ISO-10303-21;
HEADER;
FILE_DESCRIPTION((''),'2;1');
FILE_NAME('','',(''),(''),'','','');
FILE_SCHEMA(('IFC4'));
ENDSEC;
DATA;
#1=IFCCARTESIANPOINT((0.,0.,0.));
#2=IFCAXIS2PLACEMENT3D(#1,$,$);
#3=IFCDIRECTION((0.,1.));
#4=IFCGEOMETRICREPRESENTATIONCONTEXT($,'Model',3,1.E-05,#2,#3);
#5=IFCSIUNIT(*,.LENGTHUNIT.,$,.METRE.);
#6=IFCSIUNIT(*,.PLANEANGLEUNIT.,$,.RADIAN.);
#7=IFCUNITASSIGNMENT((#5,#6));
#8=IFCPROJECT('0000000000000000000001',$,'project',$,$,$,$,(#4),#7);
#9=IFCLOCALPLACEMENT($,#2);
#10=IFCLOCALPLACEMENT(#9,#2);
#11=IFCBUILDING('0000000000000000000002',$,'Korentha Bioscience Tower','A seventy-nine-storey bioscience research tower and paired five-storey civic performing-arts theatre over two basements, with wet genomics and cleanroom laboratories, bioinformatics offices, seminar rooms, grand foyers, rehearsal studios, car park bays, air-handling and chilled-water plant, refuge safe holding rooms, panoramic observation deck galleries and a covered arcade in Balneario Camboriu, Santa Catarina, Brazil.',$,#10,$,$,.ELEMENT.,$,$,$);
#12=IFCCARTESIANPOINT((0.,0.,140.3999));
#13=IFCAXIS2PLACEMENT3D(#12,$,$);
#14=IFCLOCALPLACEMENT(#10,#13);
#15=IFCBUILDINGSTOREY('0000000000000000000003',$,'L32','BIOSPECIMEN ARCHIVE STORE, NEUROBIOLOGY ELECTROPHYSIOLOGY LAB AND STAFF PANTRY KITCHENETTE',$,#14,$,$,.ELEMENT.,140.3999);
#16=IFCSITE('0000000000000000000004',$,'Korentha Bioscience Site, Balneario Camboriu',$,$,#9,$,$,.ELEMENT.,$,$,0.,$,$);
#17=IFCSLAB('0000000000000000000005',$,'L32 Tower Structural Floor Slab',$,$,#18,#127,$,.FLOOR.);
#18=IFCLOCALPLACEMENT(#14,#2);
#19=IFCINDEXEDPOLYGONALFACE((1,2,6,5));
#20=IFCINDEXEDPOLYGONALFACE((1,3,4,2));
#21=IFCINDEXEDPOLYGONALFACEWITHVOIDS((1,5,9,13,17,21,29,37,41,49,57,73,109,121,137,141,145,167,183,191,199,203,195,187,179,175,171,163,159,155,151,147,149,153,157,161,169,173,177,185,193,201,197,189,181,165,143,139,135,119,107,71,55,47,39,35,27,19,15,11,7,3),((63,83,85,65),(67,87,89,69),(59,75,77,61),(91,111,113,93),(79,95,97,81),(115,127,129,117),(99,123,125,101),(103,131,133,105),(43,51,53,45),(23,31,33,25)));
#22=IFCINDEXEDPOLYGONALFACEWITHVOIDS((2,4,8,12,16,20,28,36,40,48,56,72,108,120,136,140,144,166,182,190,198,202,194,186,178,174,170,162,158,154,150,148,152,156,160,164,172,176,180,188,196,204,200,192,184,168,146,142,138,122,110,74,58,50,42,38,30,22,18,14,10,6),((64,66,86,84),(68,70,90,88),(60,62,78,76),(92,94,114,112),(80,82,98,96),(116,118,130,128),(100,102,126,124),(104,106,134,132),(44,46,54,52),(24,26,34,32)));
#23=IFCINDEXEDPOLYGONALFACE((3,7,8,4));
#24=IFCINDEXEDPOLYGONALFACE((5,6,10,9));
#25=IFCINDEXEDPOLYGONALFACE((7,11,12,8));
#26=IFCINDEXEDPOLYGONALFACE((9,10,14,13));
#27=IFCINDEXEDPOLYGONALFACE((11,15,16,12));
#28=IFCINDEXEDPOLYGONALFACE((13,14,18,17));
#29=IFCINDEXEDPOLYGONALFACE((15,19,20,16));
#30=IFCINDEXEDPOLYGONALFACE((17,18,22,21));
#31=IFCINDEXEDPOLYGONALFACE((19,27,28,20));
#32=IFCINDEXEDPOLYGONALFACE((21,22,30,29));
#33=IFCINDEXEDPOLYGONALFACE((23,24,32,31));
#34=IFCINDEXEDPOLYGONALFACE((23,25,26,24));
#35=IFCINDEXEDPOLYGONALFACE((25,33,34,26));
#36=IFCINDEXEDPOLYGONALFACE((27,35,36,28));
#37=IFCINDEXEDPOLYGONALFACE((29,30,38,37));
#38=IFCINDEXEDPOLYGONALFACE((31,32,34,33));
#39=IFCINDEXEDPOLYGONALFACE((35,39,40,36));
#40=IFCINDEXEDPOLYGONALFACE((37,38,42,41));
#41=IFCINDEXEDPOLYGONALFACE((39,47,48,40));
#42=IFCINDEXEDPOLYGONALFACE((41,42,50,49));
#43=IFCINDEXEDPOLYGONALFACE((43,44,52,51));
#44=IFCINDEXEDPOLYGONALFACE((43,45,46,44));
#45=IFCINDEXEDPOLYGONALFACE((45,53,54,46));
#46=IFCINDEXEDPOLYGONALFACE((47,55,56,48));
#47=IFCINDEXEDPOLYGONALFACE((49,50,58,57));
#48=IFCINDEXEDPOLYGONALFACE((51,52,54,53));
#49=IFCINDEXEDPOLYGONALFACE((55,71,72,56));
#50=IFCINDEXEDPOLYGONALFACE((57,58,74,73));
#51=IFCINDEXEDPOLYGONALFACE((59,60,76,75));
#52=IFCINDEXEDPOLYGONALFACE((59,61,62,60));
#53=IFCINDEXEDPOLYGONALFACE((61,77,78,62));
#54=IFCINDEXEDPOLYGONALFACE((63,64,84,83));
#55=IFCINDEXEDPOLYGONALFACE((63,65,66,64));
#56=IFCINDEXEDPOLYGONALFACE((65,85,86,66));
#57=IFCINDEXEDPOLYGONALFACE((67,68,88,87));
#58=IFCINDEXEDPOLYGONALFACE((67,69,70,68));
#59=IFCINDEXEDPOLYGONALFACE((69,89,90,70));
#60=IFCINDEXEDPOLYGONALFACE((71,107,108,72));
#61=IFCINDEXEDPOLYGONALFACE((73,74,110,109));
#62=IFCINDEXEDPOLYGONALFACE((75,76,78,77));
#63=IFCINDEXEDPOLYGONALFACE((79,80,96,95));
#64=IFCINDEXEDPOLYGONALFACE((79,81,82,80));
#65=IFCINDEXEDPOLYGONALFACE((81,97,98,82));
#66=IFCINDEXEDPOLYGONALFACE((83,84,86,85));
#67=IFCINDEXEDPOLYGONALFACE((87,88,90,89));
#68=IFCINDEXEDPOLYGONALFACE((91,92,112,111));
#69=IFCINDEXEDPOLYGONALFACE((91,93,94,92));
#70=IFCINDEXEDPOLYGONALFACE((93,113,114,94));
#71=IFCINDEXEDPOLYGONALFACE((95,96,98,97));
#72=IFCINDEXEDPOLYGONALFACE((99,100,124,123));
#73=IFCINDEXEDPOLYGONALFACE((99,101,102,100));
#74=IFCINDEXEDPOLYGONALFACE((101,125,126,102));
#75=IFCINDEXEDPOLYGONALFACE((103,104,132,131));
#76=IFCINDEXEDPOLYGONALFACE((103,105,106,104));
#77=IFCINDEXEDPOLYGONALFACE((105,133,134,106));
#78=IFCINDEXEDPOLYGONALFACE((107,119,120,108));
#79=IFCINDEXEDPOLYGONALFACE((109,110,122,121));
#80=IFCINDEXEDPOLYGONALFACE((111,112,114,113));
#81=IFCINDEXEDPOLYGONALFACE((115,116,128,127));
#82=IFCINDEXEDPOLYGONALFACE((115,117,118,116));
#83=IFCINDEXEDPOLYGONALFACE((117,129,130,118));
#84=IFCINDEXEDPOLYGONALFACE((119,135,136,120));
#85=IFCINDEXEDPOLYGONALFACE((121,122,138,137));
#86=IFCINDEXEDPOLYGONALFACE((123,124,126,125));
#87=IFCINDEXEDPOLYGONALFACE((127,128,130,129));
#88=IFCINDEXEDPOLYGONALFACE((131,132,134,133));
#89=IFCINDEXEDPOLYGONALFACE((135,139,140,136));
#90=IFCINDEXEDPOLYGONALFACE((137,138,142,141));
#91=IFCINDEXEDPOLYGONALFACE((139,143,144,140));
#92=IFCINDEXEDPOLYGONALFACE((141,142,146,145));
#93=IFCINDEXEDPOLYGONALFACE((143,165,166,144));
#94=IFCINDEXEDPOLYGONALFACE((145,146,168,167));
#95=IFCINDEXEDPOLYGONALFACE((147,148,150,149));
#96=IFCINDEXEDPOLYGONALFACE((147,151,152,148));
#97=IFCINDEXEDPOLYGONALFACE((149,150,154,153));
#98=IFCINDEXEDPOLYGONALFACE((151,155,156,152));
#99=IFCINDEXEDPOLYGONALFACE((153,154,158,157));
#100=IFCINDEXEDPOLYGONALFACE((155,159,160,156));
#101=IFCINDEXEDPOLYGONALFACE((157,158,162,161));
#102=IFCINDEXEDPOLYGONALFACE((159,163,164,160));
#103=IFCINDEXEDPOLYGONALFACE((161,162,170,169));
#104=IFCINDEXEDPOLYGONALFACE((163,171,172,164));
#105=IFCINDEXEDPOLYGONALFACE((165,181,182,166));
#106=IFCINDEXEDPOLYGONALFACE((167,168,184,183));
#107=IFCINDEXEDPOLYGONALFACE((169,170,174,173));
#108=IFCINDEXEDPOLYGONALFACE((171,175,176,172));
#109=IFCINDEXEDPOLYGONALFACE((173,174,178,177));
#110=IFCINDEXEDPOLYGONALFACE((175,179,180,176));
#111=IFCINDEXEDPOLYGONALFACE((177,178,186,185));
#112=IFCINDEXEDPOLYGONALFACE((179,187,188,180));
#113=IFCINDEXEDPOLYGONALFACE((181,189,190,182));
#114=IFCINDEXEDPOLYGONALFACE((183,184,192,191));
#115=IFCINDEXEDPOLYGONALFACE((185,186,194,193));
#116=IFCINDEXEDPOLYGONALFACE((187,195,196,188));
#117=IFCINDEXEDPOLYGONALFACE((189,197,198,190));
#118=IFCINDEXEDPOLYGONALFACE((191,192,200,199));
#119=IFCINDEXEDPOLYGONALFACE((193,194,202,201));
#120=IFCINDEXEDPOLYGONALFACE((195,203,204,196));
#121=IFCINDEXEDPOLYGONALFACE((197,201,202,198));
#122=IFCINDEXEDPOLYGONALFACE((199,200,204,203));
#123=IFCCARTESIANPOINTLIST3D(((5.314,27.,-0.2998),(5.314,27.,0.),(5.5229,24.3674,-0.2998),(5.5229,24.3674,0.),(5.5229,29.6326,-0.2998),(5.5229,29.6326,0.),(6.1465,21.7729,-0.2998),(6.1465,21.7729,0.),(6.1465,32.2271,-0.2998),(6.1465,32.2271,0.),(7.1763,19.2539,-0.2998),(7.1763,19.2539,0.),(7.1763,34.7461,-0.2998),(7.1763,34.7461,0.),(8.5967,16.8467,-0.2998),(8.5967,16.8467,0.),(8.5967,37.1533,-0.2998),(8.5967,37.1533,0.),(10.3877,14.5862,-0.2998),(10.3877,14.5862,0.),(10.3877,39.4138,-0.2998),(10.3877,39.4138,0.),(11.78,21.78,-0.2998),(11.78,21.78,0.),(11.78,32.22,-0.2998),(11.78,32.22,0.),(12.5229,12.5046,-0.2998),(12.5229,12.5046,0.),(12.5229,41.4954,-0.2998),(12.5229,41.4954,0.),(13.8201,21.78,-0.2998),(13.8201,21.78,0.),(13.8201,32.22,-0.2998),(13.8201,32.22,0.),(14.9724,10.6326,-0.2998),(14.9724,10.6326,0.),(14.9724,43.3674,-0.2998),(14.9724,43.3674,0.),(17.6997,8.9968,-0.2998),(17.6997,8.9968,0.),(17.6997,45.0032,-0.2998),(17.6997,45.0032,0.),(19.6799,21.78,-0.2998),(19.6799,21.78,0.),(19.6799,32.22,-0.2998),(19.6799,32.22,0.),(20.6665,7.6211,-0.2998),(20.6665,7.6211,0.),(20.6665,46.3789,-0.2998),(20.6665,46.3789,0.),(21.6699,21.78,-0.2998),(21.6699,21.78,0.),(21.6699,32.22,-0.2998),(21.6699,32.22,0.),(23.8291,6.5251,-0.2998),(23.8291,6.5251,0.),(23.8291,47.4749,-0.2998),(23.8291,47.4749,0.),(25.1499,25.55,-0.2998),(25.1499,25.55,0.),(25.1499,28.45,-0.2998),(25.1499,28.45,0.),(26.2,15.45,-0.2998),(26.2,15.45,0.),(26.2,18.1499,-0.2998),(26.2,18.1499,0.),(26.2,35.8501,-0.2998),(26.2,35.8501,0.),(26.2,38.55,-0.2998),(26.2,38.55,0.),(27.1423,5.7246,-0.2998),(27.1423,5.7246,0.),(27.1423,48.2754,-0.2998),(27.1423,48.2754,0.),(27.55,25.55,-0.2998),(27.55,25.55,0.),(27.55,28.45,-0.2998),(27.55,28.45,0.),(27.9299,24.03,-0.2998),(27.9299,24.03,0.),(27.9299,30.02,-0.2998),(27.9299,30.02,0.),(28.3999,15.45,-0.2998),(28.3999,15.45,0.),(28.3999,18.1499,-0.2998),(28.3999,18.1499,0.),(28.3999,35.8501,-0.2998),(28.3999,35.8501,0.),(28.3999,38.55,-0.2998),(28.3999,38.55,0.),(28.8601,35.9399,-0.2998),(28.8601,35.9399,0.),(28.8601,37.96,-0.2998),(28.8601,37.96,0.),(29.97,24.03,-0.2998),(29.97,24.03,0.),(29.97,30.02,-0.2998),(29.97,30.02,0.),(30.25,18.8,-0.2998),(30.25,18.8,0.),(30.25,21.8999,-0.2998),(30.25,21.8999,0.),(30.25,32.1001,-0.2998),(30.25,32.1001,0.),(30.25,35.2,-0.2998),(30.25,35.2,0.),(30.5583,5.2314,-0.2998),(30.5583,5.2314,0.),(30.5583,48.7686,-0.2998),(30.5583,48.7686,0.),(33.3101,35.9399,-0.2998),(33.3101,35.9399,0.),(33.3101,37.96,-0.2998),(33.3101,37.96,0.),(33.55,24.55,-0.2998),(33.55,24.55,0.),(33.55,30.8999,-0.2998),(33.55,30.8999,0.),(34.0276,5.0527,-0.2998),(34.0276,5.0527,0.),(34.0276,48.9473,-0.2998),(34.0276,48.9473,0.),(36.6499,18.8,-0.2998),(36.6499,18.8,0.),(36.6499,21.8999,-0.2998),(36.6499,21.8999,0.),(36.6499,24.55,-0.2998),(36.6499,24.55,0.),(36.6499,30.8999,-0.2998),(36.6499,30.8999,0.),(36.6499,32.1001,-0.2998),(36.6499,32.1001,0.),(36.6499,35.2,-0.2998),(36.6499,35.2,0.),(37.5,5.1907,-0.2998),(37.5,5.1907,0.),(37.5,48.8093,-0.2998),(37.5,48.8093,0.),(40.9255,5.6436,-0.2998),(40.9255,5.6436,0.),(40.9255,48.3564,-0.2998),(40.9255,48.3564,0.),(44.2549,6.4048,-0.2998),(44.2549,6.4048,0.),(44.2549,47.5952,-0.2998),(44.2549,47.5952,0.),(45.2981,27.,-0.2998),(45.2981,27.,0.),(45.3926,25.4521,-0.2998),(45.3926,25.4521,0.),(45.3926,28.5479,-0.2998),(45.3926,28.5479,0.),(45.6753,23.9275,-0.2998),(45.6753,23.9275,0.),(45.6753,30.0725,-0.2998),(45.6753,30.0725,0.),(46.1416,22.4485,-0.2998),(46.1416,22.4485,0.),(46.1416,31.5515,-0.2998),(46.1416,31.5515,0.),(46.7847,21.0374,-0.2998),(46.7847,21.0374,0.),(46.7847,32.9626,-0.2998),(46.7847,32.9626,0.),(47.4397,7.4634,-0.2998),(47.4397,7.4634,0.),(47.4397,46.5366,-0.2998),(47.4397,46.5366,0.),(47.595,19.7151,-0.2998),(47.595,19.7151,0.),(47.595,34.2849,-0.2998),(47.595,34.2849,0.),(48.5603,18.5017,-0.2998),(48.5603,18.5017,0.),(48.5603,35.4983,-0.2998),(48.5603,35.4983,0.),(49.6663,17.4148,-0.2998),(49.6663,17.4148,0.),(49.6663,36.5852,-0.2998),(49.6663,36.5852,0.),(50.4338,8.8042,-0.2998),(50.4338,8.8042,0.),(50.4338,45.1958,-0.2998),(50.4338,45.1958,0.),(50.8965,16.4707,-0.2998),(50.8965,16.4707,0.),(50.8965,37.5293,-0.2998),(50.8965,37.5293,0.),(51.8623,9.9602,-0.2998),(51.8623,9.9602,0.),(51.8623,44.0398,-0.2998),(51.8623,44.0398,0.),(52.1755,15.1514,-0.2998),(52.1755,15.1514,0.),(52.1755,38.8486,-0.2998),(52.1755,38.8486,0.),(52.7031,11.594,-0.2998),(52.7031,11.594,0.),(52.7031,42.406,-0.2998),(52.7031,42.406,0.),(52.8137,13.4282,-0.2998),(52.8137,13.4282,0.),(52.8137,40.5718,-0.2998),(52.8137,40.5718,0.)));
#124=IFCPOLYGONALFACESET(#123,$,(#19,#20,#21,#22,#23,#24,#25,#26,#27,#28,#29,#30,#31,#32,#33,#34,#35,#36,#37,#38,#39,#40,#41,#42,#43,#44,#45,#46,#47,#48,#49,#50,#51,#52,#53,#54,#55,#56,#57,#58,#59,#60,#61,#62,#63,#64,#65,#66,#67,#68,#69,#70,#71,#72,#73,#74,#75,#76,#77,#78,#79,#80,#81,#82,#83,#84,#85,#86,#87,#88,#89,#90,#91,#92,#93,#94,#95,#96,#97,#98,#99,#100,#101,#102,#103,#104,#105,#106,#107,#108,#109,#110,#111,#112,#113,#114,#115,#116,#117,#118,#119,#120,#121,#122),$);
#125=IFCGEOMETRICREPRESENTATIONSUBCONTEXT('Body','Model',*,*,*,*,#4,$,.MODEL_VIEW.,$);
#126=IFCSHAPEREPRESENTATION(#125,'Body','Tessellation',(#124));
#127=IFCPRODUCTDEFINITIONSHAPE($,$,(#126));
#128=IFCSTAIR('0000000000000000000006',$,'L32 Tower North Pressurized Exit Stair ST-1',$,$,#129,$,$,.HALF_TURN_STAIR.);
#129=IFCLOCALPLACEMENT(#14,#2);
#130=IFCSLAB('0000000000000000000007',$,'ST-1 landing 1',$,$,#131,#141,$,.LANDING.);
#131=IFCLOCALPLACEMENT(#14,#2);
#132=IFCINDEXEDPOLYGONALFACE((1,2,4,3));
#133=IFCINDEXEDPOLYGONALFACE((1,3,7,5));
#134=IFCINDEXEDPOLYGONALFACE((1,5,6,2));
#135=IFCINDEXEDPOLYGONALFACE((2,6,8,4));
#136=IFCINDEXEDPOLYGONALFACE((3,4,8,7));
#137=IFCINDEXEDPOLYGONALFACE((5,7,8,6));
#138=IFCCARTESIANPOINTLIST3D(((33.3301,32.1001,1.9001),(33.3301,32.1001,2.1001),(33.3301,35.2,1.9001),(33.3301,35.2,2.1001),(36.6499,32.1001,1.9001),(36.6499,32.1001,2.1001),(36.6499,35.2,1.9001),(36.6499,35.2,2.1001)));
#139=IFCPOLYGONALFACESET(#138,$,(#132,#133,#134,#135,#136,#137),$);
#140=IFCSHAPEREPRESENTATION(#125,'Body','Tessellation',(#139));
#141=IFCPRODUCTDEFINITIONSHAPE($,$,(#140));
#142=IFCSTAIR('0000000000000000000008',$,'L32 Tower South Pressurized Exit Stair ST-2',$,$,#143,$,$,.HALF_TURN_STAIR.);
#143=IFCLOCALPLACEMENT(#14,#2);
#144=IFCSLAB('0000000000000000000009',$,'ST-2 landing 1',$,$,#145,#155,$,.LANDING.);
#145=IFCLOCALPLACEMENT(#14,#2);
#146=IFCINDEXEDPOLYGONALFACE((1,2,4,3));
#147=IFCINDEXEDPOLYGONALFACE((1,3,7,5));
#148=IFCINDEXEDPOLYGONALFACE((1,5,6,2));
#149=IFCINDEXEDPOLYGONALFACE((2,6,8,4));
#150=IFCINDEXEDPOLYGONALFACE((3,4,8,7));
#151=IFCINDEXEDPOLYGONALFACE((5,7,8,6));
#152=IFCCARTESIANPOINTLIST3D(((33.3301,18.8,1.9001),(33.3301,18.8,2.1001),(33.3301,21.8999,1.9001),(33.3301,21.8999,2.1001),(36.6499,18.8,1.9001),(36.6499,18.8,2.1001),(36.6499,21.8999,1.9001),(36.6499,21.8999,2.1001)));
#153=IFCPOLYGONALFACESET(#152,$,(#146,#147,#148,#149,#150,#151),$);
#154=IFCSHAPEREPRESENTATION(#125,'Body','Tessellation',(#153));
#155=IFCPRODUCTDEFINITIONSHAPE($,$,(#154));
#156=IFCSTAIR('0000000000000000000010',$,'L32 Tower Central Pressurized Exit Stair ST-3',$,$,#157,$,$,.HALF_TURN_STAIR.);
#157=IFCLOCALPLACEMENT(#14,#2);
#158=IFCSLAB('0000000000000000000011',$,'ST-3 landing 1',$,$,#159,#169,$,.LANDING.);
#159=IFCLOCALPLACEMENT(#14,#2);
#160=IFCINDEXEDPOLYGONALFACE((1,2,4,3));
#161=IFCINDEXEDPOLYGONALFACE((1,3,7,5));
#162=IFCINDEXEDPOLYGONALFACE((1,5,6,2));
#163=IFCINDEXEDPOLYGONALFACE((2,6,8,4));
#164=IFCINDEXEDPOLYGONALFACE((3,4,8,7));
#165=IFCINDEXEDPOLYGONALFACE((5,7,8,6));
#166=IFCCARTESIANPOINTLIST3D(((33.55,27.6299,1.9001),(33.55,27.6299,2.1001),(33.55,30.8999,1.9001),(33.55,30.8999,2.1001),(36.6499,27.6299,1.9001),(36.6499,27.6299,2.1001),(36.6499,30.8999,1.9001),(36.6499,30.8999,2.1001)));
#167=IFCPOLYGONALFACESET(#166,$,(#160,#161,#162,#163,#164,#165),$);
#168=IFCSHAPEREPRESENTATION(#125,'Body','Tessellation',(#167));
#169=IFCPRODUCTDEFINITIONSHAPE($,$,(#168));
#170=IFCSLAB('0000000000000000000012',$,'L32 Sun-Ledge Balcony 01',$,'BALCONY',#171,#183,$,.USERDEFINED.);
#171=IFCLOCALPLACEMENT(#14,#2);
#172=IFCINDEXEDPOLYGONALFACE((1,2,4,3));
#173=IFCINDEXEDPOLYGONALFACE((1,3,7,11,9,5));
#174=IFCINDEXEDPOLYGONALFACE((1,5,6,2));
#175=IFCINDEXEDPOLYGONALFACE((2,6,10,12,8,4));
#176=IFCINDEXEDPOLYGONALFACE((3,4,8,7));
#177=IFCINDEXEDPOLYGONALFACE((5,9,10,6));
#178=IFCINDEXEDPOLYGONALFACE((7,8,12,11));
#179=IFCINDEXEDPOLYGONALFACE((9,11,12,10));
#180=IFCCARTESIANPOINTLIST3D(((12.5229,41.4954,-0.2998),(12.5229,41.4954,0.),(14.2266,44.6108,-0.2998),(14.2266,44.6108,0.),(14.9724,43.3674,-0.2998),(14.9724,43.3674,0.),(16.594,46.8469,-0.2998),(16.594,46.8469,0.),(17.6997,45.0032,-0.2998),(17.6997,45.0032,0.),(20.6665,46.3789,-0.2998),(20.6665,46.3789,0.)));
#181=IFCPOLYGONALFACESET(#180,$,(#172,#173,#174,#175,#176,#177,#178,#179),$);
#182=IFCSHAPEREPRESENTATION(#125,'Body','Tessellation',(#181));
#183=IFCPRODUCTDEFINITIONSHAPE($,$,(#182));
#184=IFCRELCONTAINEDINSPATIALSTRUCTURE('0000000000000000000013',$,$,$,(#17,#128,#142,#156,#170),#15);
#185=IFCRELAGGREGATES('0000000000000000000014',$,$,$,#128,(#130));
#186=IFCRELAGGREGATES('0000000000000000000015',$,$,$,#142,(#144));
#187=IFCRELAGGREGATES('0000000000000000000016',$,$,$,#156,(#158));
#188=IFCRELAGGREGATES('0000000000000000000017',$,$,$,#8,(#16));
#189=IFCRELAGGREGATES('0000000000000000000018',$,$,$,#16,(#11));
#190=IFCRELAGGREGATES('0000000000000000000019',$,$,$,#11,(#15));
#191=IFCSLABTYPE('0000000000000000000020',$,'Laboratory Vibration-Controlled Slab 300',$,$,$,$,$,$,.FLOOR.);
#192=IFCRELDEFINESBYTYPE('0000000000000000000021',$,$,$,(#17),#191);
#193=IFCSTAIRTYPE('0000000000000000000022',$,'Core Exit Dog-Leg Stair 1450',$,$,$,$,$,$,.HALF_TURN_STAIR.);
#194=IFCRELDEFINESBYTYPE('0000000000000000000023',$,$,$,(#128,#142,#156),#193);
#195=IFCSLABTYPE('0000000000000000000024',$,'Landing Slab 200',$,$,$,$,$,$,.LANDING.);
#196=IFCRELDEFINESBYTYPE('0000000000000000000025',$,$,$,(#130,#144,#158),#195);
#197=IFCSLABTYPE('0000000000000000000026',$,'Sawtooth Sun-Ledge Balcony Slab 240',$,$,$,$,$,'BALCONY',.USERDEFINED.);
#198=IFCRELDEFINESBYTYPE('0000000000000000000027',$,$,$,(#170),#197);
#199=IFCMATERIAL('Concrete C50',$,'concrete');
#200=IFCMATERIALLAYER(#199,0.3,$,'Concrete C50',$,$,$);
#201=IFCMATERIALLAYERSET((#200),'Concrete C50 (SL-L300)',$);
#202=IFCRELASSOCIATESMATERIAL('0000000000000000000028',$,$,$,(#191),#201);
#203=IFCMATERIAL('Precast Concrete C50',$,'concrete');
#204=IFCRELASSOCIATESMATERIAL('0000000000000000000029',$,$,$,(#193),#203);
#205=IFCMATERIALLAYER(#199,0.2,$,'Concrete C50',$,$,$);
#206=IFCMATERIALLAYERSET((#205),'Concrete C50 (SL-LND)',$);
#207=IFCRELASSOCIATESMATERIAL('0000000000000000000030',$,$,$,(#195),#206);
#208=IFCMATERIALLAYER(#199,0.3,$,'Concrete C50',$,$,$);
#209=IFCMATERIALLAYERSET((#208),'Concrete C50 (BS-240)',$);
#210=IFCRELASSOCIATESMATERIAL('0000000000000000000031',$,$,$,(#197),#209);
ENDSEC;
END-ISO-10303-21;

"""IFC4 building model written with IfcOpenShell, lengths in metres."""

from ifc_helpers import new_model, si_unit, direction, frame, origin, place, context, subcontext, project, spatial, polyline, outline, extrude, material, layer, layer_set, type_object, element, aggregate, save


model = new_model("IFC4")

# Units and contexts
model_context = context("Model", 3, precision=1e-05, world=origin(), true_north=direction((0.0, 1.0)))
body_context = subcontext(model_context, "Body", "Model", "MODEL_VIEW")
ifc_project = project(units=[si_unit("LENGTHUNIT", "METRE"), si_unit("PLANEANGLEUNIT", "RADIAN")], contexts=[model_context])

# Site, building, storey
site_placement = place(None, origin())
site = spatial("IfcSite", under=ifc_project, at=site_placement, Name="Korentha Bioscience Site, Balneario Camboriu", CompositionType="ELEMENT", RefElevation=0.0)
building_placement = place(site_placement, origin())
building = spatial("IfcBuilding", under=site, at=building_placement, Name="Korentha Bioscience Tower", Description="A seventy-nine-storey bioscience research tower and paired five-storey civic performing-arts theatre over two basements, with wet genomics and cleanroom laboratories, bioinformatics offices, seminar rooms, grand foyers, rehearsal studios, car park bays, air-handling and chilled-water plant, refuge safe holding rooms, panoramic observation deck galleries and a covered arcade in Balneario Camboriu, Santa Catarina, Brazil.", CompositionType="ELEMENT")
storey_placement = place(building_placement, frame((0.0, 0.0, 140.3999)))
storey = spatial("IfcBuildingStorey", under=building, at=storey_placement, Name="L32", Description="BIOSPECIMEN ARCHIVE STORE, NEUROBIOLOGY ELECTROPHYSIOLOGY LAB AND STAFF PANTRY KITCHENETTE", CompositionType="ELEMENT", Elevation=140.3999)

# Slab
ifc_material_1 = material(Name="Concrete C50", Category="concrete")
ifc_layer_1 = layer(ifc_material_1, 0.3, Name="Concrete C50")
ifc_layer_set_1 = layer_set([ifc_layer_1], Name="Concrete C50 (SL-L300)")
slab_type_1 = type_object("IfcSlabType", Name="Laboratory Vibration-Controlled Slab 300", PredefinedType="FLOOR", material=ifc_layer_set_1)
slab_1_placement = place(storey_placement, frame((0.0, 0.0, -0.2998)))
element("IfcSlab", 1, at=slab_1_placement, inside=storey, type_object=slab_type_1, Name="L32 Tower Structural Floor Slab", PredefinedType="FLOOR", context=body_context, shape_type="SweptSolid", body=[
    extrude(outline(polyline([(50.4338, 45.1958), (47.4397, 46.5366), (44.2549, 47.5952), (40.9255, 48.3564), (37.5, 48.8093), (34.0276, 48.9473), (30.5583, 48.7686), (27.1423, 48.2754), (23.8291, 47.4749), (20.6665, 46.3789), (17.6997, 45.0032), (14.9724, 43.3674), (12.5229, 41.4954), (10.3877, 39.4138), (8.5967, 37.1533), (7.1763, 34.7461), (6.1465, 32.2271), (5.5229, 29.6326), (5.314, 27.0), (5.5229, 24.3674), (6.1465, 21.7729), (7.1763, 19.2539), (8.5967, 16.8467), (10.3877, 14.5862), (12.5229, 12.5046), (14.9724, 10.6326), (17.6997, 8.9968), (20.6665, 7.6211), (23.8291, 6.5251), (27.1423, 5.7246), (30.5583, 5.2314), (34.0276, 5.0527), (37.5, 5.1907), (40.9255, 5.6436), (44.2549, 6.4048), (47.4397, 7.4634), (50.4338, 8.8042), (51.8623, 9.9602), (52.7031, 11.594), (52.8137, 13.4282), (52.1755, 15.1514), (50.8965, 16.4707), (49.6663, 17.4148), (48.5603, 18.5017), (47.595, 19.7151), (46.7847, 21.0374), (46.1416, 22.4485), (45.6753, 23.9275), (45.3926, 25.4521), (45.2981, 27.0), (45.3926, 28.5479), (45.6753, 30.0725), (46.1416, 31.5515), (46.7847, 32.9626), (47.595, 34.2849), (48.5603, 35.4983), (49.6663, 36.5852), (50.8965, 37.5293), (52.1755, 38.8486), (52.8137, 40.5718), (52.7031, 42.406), (51.8623, 44.0398), (50.4338, 45.1958)]), holes=[polyline([(30.25, 32.1001), (36.6499, 32.1001), (36.6499, 35.2), (30.25, 35.2), (30.25, 32.1001)]), polyline([(30.25, 18.8), (36.6499, 18.8), (36.6499, 21.8999), (30.25, 21.8999), (30.25, 18.8)]), polyline([(36.6499, 24.55), (36.6499, 30.8999), (33.55, 30.8999), (33.55, 24.55), (36.6499, 24.55)]), polyline([(11.78, 21.78), (13.8201, 21.78), (13.8201, 32.22), (11.78, 32.22), (11.78, 21.78)]), polyline([(19.6799, 21.78), (21.6699, 21.78), (21.6699, 32.22), (19.6799, 32.22), (19.6799, 21.78)]), polyline([(27.9299, 24.03), (29.97, 24.03), (29.97, 30.02), (27.9299, 30.02), (27.9299, 24.03)]), polyline([(28.8601, 35.9399), (33.3101, 35.9399), (33.3101, 37.96), (28.8601, 37.96), (28.8601, 35.9399)]), polyline([(26.2, 15.45), (28.3999, 15.45), (28.3999, 18.1499), (26.2, 18.1499), (26.2, 15.45)]), polyline([(26.2, 35.8501), (28.3999, 35.8501), (28.3999, 38.55), (26.2, 38.55), (26.2, 35.8501)]), polyline([(25.1499, 25.55), (27.55, 25.55), (27.55, 28.45), (25.1499, 28.45), (25.1499, 25.55)])]), origin(), (0.0, 0.0, 1.0), 0.2998),
])

# Stairs, slabs
ifc_material_2 = material(Name="Precast Concrete C50", Category="concrete")
stair_type = type_object("IfcStairType", Name="Core Exit Dog-Leg Stair 1450", PredefinedType="HALF_TURN_STAIR", material=ifc_material_2)
stair_1_placement = place(storey_placement, origin())
stair_1 = element("IfcStair", 2, at=stair_1_placement, inside=storey, type_object=stair_type, Name="L32 Tower North Pressurized Exit Stair ST-1", PredefinedType="HALF_TURN_STAIR")
ifc_layer_2 = layer(ifc_material_1, 0.2, Name="Concrete C50")
ifc_layer_set_2 = layer_set([ifc_layer_2], Name="Concrete C50 (SL-LND)")
slab_type_2 = type_object("IfcSlabType", Name="Landing Slab 200", PredefinedType="LANDING", material=ifc_layer_set_2)
slab_2_placement = place(storey_placement, frame((0.0, 0.0, 1.9001)))
slab_2 = element("IfcSlab", 3, at=slab_2_placement, type_object=slab_type_2, Name="ST-1 landing 1", PredefinedType="LANDING", context=body_context, shape_type="SweptSolid", body=[
    extrude(outline(polyline([(33.3301, 32.1001), (36.6499, 32.1001), (36.6499, 35.2), (33.3301, 35.2), (33.3301, 32.1001)])), origin(), (0.0, 0.0, 1.0), 0.2),
])
aggregate(stair_1, [slab_2])
stair_2_placement = place(storey_placement, origin())
stair_2 = element("IfcStair", 4, at=stair_2_placement, inside=storey, type_object=stair_type, Name="L32 Tower South Pressurized Exit Stair ST-2", PredefinedType="HALF_TURN_STAIR")
slab_3_placement = place(storey_placement, frame((0.0, 0.0, 1.9001)))
slab_3 = element("IfcSlab", 5, at=slab_3_placement, type_object=slab_type_2, Name="ST-2 landing 1", PredefinedType="LANDING", context=body_context, shape_type="SweptSolid", body=[
    extrude(outline(polyline([(33.3301, 18.8), (36.6499, 18.8), (36.6499, 21.8999), (33.3301, 21.8999), (33.3301, 18.8)])), origin(), (0.0, 0.0, 1.0), 0.2),
])
aggregate(stair_2, [slab_3])
stair_3_placement = place(storey_placement, origin())
stair_3 = element("IfcStair", 6, at=stair_3_placement, inside=storey, type_object=stair_type, Name="L32 Tower Central Pressurized Exit Stair ST-3", PredefinedType="HALF_TURN_STAIR")
slab_4_placement = place(storey_placement, frame((0.0, 0.0, 1.9001)))
slab_4 = element("IfcSlab", 7, at=slab_4_placement, type_object=slab_type_2, Name="ST-3 landing 1", PredefinedType="LANDING", context=body_context, shape_type="SweptSolid", body=[
    extrude(outline(polyline([(36.6499, 27.6299), (36.6499, 30.8999), (33.55, 30.8999), (33.55, 27.6299), (36.6499, 27.6299)])), origin(), (0.0, 0.0, 1.0), 0.2),
])
aggregate(stair_3, [slab_4])

# Slab
ifc_layer_3 = layer(ifc_material_1, 0.3, Name="Concrete C50")
ifc_layer_set_3 = layer_set([ifc_layer_3], Name="Concrete C50 (BS-240)")
slab_type_3 = type_object("IfcSlabType", Name="Sawtooth Sun-Ledge Balcony Slab 240", ElementType="BALCONY", PredefinedType="USERDEFINED", material=ifc_layer_set_3)
slab_5_placement = place(storey_placement, frame((0.0, 0.0, -0.2998)))
element("IfcSlab", 8, at=slab_5_placement, inside=storey, type_object=slab_type_3, Name="L32 Sun-Ledge Balcony 01", ObjectType="BALCONY", PredefinedType="USERDEFINED", context=body_context, shape_type="SweptSolid", body=[
    extrude(outline(polyline([(12.5229, 41.4954), (14.9724, 43.3674), (17.6997, 45.0032), (20.6665, 46.3789), (16.594, 46.8469), (14.2266, 44.6108), (12.5229, 41.4954)])), origin(), (0.0, 0.0, 1.0), 0.2998),
])

save(model, "model.ifc")
